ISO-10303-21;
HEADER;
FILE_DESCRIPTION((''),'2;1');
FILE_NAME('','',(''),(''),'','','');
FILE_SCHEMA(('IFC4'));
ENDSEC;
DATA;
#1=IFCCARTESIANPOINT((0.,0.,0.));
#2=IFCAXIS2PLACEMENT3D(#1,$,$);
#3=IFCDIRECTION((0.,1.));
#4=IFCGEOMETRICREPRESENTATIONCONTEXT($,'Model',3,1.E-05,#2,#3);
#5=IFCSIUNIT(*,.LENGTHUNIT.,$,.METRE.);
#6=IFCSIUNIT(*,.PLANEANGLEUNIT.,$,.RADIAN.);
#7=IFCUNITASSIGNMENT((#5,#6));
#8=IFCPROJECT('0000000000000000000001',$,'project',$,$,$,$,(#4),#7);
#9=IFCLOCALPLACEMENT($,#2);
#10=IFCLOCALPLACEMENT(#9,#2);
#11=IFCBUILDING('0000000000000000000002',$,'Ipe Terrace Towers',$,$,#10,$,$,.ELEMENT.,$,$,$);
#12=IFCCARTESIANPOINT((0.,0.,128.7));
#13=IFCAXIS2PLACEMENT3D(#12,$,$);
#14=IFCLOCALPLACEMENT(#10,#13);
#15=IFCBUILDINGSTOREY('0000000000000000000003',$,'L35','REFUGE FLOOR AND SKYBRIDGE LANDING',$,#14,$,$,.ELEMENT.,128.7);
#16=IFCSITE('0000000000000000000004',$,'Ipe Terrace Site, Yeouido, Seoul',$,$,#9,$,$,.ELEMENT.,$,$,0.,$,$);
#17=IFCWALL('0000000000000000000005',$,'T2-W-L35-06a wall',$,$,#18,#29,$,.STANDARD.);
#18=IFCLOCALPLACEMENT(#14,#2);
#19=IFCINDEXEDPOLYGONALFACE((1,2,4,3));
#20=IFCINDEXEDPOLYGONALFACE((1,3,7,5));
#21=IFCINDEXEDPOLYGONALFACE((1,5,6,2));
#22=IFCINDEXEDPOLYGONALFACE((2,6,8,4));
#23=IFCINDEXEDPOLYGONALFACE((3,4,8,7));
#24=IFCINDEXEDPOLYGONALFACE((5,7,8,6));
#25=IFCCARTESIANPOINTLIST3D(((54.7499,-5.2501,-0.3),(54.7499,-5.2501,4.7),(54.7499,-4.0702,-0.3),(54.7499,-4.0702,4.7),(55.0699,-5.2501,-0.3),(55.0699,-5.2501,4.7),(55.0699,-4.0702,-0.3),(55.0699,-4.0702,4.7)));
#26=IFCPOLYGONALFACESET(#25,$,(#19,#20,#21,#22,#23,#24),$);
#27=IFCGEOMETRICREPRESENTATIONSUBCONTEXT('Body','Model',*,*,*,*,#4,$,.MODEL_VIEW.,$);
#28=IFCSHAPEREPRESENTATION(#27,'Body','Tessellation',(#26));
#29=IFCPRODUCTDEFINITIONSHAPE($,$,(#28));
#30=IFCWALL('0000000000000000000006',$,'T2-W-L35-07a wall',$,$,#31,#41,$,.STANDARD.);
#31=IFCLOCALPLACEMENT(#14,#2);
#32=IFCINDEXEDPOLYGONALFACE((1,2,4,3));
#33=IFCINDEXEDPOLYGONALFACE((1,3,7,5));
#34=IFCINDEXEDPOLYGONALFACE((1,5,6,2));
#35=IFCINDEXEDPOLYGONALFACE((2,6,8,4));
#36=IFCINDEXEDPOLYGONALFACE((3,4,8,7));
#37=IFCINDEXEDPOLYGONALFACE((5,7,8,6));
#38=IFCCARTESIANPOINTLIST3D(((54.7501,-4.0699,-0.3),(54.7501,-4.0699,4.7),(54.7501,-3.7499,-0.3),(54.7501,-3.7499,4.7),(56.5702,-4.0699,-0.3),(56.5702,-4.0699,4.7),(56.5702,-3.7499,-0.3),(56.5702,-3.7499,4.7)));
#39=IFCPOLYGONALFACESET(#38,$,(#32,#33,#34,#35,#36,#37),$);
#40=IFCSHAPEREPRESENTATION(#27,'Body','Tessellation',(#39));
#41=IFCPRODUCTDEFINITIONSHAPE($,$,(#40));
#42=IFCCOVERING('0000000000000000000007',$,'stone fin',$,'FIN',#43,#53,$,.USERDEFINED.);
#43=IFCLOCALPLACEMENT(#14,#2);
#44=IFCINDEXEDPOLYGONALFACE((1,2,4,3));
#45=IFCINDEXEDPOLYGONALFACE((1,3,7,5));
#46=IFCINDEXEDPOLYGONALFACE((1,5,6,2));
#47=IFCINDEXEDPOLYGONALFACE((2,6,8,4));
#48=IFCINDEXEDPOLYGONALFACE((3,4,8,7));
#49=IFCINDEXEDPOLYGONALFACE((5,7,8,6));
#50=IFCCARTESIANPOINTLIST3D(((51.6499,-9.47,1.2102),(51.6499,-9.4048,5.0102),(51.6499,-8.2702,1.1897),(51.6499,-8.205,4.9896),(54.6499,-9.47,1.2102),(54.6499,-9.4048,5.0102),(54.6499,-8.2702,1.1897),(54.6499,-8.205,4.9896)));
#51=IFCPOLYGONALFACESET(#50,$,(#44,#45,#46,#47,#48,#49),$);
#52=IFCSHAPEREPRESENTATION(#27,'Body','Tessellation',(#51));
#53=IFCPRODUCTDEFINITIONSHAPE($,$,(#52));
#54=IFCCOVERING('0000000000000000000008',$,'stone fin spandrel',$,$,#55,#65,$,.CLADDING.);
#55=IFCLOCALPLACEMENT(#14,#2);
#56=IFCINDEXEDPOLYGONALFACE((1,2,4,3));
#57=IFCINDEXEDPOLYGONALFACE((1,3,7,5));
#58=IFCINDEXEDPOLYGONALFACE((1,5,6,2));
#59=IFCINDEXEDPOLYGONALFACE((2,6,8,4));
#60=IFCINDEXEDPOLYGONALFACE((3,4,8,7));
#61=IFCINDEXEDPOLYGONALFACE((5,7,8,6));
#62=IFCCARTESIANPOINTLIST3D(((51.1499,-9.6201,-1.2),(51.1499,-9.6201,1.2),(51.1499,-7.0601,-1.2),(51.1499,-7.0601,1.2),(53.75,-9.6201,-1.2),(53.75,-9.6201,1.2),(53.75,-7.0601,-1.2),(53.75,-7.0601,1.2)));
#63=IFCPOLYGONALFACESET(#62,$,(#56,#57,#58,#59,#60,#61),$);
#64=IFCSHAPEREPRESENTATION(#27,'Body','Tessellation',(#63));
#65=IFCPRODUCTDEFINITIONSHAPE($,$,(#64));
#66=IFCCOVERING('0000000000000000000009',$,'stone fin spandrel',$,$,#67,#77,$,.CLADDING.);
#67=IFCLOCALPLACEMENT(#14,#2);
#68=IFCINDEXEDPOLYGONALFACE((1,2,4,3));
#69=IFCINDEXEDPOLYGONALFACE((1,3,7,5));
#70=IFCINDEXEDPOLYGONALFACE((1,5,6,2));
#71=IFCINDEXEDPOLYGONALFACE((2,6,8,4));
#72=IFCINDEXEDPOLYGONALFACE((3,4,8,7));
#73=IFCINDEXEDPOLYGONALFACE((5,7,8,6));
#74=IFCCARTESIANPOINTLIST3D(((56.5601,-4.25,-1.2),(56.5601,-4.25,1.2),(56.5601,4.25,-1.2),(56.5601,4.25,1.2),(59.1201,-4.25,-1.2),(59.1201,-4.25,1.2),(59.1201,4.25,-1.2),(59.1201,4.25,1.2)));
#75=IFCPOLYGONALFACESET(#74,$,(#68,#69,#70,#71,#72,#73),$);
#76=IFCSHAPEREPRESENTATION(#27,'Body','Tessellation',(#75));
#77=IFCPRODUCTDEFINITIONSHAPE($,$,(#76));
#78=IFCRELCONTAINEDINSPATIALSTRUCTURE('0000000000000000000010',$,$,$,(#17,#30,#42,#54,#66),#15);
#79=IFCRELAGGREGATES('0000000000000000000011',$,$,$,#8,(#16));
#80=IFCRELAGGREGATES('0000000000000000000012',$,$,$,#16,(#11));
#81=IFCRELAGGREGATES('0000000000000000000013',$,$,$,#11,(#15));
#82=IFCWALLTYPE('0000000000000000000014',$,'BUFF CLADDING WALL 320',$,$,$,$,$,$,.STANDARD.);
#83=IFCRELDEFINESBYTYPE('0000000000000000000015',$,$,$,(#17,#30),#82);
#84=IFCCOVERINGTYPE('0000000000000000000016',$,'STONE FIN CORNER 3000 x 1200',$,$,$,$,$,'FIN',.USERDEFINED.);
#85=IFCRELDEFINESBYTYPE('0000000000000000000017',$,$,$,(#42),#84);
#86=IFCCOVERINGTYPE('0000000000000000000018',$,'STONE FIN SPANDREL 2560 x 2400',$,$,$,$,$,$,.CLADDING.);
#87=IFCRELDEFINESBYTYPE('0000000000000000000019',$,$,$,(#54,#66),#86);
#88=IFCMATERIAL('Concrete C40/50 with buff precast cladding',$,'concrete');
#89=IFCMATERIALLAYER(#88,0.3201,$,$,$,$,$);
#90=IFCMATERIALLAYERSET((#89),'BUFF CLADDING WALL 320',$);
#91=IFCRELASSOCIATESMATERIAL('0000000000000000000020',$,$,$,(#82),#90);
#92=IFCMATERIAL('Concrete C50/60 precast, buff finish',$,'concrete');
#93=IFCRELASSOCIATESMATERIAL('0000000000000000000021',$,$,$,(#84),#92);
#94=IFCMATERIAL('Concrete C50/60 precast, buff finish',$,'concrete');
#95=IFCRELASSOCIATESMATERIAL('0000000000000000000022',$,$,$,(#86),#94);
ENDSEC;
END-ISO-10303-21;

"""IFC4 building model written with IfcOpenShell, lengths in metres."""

from ifc_helpers import new_model, si_unit, direction, frame, frame_2d, origin, origin_2d, place, context, subcontext, project, spatial, rectangle, extrude, material, layer, layer_set, material_profile, profile_set, type_object, element, save


model = new_model("IFC4")

# Units and contexts
model_context = context("Model", 3, precision=1e-05, world=origin(), true_north=direction((0.0, 1.0)))
body_context = subcontext(model_context, "Body", "Model", "MODEL_VIEW")
ifc_project = project(units=[si_unit("LENGTHUNIT", "METRE"), si_unit("PLANEANGLEUNIT", "RADIAN")], contexts=[model_context])

# Site, building, storey
site_placement = place(None, origin())
site = spatial("IfcSite", under=ifc_project, at=site_placement, Name="Ipe Terrace Site, Yeouido, Seoul", CompositionType="ELEMENT", RefElevation=0.0)
building_placement = place(site_placement, origin())
building = spatial("IfcBuilding", under=site, at=building_placement, Name="Ipe Terrace Towers", CompositionType="ELEMENT")
storey_placement = place(building_placement, frame((0.0, 0.0, 128.7)))
storey = spatial("IfcBuildingStorey", under=building, at=storey_placement, Name="L35", Description="REFUGE FLOOR AND SKYBRIDGE LANDING", CompositionType="ELEMENT", Elevation=128.7)

# Walls
ifc_material_1 = material(Name="Concrete C40/50 with buff precast cladding", Category="concrete")
ifc_layer_1 = layer(ifc_material_1, 0.3201)
ifc_layer_set_1 = layer_set([ifc_layer_1], Name="BUFF CLADDING WALL 320")
wall_type = type_object("IfcWallType", Name="BUFF CLADDING WALL 320", PredefinedType="STANDARD", material=ifc_layer_set_1)
wall_1_placement = place(storey_placement, frame((54.9099, -5.25, -0.3), z_axis=(0.0, 0.0, 1.0), x_axis=(0.0, 1.0, 0.0)))
element("IfcWall", 1, at=wall_1_placement, inside=storey, type_object=wall_type, Name="T2-W-L35-06a wall", PredefinedType="STANDARD", context=body_context, shape_type="SweptSolid", body=[
    extrude(rectangle(XDim=1.1799, YDim=0.3201, at=frame_2d((0.5898, 0.0))), origin(), (0.0, 0.0, 1.0), 5.0),
])
wall_2_placement = place(storey_placement, frame((54.75, -3.9099, -0.3), z_axis=(0.0, 0.0, 1.0), x_axis=(1.0, 0.0, 0.0)))
element("IfcWall", 2, at=wall_2_placement, inside=storey, type_object=wall_type, Name="T2-W-L35-07a wall", PredefinedType="STANDARD", context=body_context, shape_type="SweptSolid", body=[
    extrude(rectangle(XDim=1.8201, YDim=0.3201, at=frame_2d((0.9102, 0.0))), origin(), (0.0, 0.0, 1.0), 5.0),
])

# Coverings
ifc_material_2 = material(Name="Concrete C50/60 precast, buff finish", Category="concrete")
ifc_material_profile_1 = material_profile(ifc_material_2, rectangle(XDim=3.0, YDim=1.2, at=origin_2d()), Name="STONE FIN CORNER 3000 x 1200")
ifc_profile_set_1 = profile_set([ifc_material_profile_1], Name="Concrete C50/60 precast, buff finish")
covering_type_1 = type_object("IfcCoveringType", Name="STONE FIN CORNER 3000 x 1200", ElementType="FIN", PredefinedType="USERDEFINED", material=ifc_profile_set_1)
covering_1_placement = place(storey_placement, frame((53.1499, -8.8701, 1.2), z_axis=(0.0, 0.017151, 0.999853), x_axis=(1.0, 0.0, 0.0)))
element("IfcCovering", 3, at=covering_1_placement, inside=storey, type_object=covering_type_1, Name="stone fin", ObjectType="FIN", PredefinedType="USERDEFINED", context=body_context, shape_type="SweptSolid", body=[
    extrude(rectangle(XDim=3.0, YDim=1.2, at=origin_2d()), origin(), (0.0, 0.0, 1.0), 3.8005),
])
ifc_material_3 = material(Name="Concrete C50/60 precast, buff finish", Category="concrete")
ifc_material_profile_2 = material_profile(ifc_material_3, rectangle(XDim=2.5601, YDim=2.3999, at=origin_2d()), Name="STONE FIN SPANDREL 2560 x 2400")
ifc_profile_set_2 = profile_set([ifc_material_profile_2], Name="Concrete C50/60 precast, buff finish")
covering_type_2 = type_object("IfcCoveringType", Name="STONE FIN SPANDREL 2560 x 2400", PredefinedType="CLADDING", material=ifc_profile_set_2)
covering_2_placement = place(storey_placement, frame((51.1499, -8.3401, 0.0), z_axis=(1.0, 0.0, 0.0), x_axis=(0.0, -1.0, 0.0)))
element("IfcCovering", 4, at=covering_2_placement, inside=storey, type_object=covering_type_2, Name="stone fin spandrel", PredefinedType="CLADDING", context=body_context, shape_type="SweptSolid", body=[
    extrude(rectangle(XDim=2.5601, YDim=2.3999, at=origin_2d()), origin(), (0.0, 0.0, 1.0), 2.6001),
])
covering_3_placement = place(storey_placement, frame((57.8401, -4.25, 0.0), z_axis=(0.0, 1.0, 0.0), x_axis=(1.0, 0.0, 0.0)))
element("IfcCovering", 5, at=covering_3_placement, inside=storey, type_object=covering_type_2, Name="stone fin spandrel", PredefinedType="CLADDING", context=body_context, shape_type="SweptSolid", body=[
    extrude(rectangle(XDim=2.5601, YDim=2.3999, at=origin_2d()), origin(), (0.0, 0.0, 1.0), 8.5),
])

save(model, "model.ifc")
